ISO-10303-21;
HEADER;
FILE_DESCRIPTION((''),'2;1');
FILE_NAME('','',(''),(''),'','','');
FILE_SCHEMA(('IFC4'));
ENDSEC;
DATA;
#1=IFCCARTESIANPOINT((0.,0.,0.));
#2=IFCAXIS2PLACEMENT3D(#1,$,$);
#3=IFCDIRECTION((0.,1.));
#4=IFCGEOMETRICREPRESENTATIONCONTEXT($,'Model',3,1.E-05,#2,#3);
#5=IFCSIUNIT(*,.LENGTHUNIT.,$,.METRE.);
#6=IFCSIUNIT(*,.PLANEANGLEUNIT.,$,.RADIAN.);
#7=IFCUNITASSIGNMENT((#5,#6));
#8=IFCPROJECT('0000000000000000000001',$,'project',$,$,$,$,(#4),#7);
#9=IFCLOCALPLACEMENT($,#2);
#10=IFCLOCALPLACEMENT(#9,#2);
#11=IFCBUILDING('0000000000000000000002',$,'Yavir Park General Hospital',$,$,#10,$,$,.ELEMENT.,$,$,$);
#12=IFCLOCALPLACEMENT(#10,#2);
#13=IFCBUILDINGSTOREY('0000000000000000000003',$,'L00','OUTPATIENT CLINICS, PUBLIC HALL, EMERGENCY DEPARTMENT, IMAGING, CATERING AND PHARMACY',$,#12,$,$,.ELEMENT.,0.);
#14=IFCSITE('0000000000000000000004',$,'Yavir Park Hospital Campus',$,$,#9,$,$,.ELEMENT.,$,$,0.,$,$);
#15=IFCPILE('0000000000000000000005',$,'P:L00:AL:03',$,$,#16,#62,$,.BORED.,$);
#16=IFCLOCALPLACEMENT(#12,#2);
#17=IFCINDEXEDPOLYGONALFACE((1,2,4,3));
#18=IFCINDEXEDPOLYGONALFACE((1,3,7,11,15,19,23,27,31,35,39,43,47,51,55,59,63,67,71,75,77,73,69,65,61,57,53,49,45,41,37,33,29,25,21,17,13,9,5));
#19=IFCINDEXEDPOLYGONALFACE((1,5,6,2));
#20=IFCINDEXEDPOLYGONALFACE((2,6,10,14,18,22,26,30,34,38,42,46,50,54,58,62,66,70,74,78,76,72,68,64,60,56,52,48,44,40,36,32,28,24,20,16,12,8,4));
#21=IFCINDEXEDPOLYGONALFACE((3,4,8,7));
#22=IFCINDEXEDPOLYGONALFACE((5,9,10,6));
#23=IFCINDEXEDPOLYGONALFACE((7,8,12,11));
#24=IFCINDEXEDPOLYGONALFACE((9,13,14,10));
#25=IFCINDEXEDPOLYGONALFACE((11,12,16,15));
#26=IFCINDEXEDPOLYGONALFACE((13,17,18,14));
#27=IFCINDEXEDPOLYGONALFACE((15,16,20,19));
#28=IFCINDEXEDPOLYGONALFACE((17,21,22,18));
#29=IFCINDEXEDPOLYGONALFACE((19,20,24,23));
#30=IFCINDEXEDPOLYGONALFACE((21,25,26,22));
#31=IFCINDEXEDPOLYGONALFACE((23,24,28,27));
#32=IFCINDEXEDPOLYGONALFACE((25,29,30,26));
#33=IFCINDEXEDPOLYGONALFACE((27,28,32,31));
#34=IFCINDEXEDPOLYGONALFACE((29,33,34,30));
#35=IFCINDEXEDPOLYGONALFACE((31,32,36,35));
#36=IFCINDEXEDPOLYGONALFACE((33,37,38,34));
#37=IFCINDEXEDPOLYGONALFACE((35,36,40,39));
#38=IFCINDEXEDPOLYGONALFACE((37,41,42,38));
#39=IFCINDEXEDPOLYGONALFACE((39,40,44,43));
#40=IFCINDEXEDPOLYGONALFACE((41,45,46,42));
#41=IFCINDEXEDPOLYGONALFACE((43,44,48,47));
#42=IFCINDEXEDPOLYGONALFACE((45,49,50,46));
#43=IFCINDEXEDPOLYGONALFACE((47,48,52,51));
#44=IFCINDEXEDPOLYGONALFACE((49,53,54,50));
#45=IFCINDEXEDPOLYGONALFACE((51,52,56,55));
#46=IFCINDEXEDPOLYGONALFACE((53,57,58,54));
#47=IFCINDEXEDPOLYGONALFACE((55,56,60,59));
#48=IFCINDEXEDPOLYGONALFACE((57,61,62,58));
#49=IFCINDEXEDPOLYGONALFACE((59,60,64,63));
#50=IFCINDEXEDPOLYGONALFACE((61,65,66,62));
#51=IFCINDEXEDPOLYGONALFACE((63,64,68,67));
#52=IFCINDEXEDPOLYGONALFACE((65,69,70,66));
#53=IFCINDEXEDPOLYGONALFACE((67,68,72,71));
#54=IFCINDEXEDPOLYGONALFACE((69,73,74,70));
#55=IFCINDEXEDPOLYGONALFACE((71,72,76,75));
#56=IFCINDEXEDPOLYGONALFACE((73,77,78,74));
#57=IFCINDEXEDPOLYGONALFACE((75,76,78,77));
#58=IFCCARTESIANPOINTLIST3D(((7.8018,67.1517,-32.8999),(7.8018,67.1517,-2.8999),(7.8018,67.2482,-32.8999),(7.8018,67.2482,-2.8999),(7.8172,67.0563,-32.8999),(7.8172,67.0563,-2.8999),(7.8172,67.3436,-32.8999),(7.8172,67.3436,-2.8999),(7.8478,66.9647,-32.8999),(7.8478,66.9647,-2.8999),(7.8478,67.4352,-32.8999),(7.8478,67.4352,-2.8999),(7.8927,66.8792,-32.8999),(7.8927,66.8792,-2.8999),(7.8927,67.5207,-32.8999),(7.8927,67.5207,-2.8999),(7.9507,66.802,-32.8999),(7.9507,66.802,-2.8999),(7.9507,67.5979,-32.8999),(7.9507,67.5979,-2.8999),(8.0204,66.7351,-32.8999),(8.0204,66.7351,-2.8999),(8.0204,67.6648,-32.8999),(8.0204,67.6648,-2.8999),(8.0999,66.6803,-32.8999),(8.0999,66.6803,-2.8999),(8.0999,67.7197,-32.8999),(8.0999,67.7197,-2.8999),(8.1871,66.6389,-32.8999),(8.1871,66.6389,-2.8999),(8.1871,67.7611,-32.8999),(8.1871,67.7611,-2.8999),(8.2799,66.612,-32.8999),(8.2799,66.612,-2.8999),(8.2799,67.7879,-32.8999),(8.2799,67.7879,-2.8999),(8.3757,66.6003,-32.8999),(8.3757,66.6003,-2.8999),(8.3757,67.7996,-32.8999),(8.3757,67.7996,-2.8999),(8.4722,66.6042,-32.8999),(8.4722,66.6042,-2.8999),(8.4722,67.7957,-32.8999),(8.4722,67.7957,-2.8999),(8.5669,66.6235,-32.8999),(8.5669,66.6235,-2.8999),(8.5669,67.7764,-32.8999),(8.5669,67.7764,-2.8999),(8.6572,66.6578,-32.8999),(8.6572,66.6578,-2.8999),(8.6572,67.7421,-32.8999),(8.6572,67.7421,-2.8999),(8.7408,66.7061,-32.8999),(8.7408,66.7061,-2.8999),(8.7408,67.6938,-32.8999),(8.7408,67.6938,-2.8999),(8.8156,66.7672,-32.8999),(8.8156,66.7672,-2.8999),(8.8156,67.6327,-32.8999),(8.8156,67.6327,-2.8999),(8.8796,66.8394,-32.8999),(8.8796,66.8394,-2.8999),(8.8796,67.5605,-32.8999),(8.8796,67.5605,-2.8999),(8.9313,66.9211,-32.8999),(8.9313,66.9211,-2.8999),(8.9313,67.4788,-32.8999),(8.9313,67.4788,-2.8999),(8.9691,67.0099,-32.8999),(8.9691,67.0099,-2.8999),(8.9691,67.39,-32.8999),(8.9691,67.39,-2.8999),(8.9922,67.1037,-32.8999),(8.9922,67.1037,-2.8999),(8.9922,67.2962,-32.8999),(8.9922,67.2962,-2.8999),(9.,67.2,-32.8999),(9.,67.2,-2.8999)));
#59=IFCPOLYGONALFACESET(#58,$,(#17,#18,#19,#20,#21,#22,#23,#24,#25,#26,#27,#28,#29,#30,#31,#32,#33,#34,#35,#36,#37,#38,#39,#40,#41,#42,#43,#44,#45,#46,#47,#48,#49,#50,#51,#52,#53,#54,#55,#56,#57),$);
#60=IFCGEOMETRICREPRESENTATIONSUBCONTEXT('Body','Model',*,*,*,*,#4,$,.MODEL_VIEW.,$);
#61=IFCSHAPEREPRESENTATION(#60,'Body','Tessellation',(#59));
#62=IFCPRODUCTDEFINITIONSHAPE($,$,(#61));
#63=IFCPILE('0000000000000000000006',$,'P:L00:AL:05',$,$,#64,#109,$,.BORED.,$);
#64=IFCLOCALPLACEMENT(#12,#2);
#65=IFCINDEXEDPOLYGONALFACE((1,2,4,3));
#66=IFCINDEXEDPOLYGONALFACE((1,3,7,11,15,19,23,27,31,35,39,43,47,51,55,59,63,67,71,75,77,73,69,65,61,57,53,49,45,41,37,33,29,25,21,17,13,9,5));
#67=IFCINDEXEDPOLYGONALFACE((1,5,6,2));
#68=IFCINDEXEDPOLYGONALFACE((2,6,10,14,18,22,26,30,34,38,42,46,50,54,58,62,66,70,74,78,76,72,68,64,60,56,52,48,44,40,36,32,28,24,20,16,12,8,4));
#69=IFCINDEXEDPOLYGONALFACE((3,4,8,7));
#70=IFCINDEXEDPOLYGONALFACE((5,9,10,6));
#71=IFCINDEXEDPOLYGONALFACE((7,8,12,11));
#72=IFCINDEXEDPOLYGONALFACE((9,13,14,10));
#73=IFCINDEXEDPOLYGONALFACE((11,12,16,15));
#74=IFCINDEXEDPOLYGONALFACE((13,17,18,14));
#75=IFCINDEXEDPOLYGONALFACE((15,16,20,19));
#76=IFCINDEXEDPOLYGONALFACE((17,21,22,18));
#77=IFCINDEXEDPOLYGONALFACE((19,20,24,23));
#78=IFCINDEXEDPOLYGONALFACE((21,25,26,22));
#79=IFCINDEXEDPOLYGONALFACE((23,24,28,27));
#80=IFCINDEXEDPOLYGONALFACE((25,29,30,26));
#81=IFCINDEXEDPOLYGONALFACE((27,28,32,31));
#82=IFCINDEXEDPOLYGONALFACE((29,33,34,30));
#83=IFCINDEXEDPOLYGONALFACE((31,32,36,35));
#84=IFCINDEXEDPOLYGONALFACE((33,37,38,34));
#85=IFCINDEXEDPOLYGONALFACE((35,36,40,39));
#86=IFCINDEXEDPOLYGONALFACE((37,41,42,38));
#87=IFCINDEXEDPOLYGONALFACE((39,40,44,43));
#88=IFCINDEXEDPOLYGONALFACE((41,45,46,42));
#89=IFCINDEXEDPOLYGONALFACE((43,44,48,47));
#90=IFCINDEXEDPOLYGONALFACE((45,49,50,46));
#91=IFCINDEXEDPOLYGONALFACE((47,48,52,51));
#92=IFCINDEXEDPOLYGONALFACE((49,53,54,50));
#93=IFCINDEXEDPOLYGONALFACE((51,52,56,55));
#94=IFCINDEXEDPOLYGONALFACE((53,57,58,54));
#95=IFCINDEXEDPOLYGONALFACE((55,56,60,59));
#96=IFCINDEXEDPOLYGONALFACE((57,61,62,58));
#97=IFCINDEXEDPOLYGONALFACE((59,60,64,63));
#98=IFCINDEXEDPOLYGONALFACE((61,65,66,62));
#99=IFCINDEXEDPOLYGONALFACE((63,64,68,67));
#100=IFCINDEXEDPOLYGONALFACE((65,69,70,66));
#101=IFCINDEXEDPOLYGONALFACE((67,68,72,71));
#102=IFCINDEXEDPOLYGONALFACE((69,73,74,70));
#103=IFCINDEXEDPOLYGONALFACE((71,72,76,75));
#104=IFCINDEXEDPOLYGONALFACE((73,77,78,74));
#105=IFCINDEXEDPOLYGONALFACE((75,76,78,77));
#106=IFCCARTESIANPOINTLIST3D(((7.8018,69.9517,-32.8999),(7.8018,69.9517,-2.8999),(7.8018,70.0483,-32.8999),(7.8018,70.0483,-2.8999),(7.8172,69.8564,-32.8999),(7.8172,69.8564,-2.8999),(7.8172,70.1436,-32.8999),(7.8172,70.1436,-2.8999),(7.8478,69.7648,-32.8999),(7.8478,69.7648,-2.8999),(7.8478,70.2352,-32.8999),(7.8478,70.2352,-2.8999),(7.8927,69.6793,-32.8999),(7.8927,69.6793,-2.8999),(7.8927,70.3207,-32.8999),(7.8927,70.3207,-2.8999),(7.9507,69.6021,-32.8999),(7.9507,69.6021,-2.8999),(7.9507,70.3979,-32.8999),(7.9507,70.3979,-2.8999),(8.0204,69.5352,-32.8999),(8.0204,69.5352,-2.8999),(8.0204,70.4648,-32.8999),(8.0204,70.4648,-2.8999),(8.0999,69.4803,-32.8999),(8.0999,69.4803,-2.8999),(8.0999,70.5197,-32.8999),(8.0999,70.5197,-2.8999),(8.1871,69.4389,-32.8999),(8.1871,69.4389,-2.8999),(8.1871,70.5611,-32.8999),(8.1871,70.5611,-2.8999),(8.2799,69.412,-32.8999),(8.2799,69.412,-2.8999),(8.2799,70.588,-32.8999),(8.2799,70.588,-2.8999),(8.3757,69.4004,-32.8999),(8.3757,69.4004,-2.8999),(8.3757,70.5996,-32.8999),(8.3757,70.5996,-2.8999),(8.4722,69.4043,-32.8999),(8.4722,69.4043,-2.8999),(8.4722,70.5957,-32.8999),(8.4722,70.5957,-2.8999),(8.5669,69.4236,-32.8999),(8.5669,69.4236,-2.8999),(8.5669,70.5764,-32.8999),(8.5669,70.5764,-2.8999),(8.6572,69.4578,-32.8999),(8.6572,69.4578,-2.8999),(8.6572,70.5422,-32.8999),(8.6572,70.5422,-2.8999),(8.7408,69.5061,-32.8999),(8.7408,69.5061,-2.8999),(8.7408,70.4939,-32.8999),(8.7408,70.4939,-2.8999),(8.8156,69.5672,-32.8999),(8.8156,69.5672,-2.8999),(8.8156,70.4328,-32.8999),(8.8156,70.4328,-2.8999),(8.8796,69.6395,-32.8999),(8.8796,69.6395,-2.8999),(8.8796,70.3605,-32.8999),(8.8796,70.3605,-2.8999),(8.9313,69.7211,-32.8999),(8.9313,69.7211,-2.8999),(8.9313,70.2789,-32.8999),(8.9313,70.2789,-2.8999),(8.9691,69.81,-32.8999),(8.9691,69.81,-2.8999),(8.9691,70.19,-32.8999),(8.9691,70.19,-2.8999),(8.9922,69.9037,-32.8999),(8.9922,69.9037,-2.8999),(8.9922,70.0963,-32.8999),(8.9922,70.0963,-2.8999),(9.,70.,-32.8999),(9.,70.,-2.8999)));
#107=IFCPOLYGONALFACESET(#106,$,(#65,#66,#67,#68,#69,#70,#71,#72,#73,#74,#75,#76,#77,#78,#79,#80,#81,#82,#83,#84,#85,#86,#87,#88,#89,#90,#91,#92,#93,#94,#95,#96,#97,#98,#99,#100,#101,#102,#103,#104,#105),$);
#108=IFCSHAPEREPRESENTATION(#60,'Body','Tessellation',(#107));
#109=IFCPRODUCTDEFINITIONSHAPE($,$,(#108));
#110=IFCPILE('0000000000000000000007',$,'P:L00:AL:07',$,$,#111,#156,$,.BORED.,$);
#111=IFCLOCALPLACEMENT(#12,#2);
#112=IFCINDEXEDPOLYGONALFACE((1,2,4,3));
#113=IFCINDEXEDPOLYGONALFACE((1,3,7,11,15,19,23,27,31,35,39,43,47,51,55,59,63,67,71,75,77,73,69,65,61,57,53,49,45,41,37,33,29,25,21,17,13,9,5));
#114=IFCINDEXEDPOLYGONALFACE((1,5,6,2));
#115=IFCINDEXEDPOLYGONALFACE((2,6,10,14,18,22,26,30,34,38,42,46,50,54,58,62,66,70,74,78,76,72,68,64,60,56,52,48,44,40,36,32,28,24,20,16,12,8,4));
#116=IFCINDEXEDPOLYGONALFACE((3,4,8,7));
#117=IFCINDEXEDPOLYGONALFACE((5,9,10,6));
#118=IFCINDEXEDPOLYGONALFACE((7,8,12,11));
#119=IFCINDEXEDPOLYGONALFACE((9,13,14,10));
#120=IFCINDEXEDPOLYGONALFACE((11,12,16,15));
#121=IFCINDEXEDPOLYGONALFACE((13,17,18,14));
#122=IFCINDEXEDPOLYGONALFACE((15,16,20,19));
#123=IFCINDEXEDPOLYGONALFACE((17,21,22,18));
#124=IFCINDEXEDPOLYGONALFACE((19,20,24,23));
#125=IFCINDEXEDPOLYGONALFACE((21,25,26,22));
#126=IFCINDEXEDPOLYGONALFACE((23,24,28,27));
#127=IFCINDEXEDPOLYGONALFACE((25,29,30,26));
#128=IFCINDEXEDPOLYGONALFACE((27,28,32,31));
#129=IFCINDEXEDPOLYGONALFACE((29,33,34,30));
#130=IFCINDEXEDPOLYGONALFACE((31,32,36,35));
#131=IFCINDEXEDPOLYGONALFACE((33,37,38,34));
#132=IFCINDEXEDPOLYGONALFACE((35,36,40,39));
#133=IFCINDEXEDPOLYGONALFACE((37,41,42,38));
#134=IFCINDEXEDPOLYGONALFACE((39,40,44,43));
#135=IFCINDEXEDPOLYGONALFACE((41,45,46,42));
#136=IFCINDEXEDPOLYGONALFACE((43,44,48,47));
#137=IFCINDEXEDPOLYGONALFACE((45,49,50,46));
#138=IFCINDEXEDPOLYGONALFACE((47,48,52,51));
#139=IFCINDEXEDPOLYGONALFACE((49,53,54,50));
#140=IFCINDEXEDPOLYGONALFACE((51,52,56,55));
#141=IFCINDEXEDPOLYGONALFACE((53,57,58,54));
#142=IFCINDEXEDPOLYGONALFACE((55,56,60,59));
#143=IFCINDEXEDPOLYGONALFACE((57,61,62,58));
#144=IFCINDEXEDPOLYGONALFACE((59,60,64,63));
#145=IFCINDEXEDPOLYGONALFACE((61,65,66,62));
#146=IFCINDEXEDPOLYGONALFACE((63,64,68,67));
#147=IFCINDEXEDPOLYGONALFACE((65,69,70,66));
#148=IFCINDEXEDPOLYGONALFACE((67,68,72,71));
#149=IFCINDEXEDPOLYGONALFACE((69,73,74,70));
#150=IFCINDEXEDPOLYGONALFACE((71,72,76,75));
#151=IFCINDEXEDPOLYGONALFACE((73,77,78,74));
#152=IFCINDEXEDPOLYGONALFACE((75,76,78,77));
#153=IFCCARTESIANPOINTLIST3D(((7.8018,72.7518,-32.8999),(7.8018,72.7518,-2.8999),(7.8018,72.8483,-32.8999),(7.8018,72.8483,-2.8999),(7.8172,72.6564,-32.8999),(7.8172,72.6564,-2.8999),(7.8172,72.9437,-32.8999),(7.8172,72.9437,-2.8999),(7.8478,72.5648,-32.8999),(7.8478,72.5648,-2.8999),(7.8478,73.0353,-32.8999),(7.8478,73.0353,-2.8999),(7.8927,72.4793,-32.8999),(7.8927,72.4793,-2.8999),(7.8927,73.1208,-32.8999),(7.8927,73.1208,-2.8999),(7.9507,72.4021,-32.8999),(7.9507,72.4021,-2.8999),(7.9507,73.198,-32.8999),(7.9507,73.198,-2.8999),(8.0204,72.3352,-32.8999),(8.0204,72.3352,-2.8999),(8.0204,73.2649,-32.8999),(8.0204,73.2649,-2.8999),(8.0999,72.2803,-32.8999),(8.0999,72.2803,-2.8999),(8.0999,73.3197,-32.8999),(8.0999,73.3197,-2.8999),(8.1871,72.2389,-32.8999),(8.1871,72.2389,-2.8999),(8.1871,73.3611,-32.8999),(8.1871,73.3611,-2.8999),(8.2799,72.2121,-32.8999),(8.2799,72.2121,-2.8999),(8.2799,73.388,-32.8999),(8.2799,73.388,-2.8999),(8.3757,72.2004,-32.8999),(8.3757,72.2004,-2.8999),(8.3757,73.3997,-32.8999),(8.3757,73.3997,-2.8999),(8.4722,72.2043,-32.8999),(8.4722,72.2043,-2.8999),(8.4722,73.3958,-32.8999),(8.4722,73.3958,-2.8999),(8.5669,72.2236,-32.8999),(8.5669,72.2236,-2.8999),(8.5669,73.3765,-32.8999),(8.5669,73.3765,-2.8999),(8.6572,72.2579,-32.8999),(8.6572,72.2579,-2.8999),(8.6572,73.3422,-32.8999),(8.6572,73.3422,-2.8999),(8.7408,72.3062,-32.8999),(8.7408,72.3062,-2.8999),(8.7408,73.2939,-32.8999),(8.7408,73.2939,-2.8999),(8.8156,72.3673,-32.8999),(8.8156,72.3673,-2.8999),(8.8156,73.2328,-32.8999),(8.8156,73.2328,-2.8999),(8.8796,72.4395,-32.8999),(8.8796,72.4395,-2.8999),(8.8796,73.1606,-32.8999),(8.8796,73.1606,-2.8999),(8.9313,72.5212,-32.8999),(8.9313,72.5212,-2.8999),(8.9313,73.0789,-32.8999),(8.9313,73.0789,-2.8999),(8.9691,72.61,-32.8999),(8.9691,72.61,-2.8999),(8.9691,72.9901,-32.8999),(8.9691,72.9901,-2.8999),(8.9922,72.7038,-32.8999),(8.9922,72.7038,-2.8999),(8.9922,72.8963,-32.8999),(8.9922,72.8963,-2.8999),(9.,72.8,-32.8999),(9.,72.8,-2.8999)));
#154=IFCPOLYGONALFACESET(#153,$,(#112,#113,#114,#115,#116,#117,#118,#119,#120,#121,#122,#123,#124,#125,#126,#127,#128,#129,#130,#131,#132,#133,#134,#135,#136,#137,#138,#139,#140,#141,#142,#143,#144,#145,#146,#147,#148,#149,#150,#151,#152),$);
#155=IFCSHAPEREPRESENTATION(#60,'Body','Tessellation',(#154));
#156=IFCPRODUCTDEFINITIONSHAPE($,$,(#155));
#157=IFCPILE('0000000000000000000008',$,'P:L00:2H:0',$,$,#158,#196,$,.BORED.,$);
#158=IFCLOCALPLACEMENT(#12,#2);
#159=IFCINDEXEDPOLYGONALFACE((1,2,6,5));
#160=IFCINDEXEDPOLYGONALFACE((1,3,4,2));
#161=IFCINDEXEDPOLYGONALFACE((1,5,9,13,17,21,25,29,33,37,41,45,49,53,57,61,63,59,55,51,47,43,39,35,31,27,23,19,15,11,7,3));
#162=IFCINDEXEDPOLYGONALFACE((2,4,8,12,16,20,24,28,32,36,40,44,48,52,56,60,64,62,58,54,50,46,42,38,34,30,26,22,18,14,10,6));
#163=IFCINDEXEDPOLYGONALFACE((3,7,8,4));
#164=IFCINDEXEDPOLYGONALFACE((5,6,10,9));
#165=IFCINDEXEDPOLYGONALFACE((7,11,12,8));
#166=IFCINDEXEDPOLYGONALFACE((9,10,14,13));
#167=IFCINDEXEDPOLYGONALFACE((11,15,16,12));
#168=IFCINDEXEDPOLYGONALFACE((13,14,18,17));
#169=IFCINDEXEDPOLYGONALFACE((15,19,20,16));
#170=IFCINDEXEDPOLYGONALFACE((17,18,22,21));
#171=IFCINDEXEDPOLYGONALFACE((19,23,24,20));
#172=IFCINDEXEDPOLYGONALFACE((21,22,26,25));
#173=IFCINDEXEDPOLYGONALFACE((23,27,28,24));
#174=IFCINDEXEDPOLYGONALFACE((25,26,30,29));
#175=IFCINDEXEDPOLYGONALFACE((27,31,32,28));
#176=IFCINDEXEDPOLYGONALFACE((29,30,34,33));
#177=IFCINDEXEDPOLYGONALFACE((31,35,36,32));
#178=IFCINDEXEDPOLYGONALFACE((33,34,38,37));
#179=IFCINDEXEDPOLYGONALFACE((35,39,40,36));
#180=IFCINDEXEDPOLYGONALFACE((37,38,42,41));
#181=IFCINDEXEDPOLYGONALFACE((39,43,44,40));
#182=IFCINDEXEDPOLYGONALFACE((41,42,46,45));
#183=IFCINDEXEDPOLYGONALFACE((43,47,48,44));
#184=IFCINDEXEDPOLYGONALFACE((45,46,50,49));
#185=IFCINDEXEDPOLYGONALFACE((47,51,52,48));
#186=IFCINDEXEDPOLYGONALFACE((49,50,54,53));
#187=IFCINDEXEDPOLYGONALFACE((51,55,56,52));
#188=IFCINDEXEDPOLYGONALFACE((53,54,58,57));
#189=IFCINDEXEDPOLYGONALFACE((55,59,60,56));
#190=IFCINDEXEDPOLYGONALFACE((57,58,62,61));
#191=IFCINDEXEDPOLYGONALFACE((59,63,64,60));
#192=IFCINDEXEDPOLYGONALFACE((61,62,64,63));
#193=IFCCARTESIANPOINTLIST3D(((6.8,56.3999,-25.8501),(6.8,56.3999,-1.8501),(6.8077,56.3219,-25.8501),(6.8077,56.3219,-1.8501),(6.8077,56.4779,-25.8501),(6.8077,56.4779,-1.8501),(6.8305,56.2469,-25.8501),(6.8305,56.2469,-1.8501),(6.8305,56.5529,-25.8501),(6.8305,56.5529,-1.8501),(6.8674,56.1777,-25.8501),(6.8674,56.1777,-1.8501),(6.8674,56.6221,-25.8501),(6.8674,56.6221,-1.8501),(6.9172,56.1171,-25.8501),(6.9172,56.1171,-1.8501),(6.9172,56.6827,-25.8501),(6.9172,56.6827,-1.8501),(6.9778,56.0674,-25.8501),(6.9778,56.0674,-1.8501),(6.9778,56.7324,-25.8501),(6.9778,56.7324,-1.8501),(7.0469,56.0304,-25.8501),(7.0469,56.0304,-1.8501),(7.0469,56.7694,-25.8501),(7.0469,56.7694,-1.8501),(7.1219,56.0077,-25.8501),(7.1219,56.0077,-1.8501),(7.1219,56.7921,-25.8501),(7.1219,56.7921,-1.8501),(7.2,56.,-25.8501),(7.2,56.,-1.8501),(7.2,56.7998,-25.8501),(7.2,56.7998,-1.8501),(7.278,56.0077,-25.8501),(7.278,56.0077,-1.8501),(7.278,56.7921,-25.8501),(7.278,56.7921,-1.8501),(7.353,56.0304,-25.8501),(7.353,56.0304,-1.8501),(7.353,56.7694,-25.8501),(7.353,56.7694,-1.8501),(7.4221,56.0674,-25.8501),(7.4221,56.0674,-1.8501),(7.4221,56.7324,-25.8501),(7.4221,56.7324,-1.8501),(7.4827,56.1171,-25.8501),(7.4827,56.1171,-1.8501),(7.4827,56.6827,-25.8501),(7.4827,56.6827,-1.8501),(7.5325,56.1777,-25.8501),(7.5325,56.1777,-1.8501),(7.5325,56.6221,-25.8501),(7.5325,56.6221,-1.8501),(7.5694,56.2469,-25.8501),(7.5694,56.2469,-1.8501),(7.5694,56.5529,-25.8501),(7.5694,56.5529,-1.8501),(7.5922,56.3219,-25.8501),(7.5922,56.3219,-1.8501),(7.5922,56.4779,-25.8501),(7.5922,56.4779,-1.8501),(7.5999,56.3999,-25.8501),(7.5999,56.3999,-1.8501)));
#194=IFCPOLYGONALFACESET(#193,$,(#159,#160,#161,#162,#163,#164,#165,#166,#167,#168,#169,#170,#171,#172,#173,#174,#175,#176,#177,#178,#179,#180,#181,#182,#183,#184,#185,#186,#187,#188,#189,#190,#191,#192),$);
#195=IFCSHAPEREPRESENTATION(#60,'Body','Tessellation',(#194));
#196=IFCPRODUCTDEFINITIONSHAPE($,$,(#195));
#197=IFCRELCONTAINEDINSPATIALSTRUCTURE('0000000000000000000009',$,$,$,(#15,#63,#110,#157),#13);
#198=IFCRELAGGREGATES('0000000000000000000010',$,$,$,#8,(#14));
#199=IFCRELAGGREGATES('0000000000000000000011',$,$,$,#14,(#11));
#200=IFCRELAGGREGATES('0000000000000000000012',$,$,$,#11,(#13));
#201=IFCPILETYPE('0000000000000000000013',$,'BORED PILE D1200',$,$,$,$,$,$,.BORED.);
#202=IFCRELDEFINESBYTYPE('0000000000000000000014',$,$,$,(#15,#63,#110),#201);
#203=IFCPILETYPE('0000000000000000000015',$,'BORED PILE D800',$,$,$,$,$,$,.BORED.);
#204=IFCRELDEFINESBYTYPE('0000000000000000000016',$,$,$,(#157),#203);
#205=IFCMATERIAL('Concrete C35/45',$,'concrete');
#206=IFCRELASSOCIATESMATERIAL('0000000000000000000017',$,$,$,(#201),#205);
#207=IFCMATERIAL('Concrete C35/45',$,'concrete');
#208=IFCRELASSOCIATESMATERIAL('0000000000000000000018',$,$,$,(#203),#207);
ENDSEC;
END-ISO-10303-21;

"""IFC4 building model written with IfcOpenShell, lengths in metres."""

from ifc_helpers import new_model, si_unit, direction, frame, origin, origin_2d, place, context, subcontext, project, spatial, circle, extrude, material, material_profile, profile_set, type_object, element, save


model = new_model("IFC4")

# Units and contexts
model_context = context("Model", 3, precision=1e-05, world=origin(), true_north=direction((0.0, 1.0)))
body_context = subcontext(model_context, "Body", "Model", "MODEL_VIEW")
ifc_project = project(units=[si_unit("LENGTHUNIT", "METRE"), si_unit("PLANEANGLEUNIT", "RADIAN")], contexts=[model_context])

# Site, building, storey
site_placement = place(None, origin())
site = spatial("IfcSite", under=ifc_project, at=site_placement, Name="Yavir Park Hospital Campus", CompositionType="ELEMENT", RefElevation=0.0)
building_placement = place(site_placement, origin())
building = spatial("IfcBuilding", under=site, at=building_placement, Name="Yavir Park General Hospital", CompositionType="ELEMENT")
storey_placement = place(building_placement, origin())
storey = spatial("IfcBuildingStorey", under=building, at=storey_placement, Name="L00", Description="OUTPATIENT CLINICS, PUBLIC HALL, EMERGENCY DEPARTMENT, IMAGING, CATERING AND PHARMACY", CompositionType="ELEMENT", Elevation=0.0)

# Piles
ifc_material_1 = material(Name="Concrete C35/45", Category="concrete")
ifc_material_profile_1 = material_profile(ifc_material_1, circle(Radius=0.6001, at=origin_2d()), Name="D1200")
ifc_profile_set_1 = profile_set([ifc_material_profile_1], Name="Concrete C35/45")
pile_type_1 = type_object("IfcPileType", Name="BORED PILE D1200", PredefinedType="BORED", material=ifc_profile_set_1)
for number, where, z_axis, x_axis, name in (
    (1, (8.3999, 67.2, -2.8999), (0.0, 0.0, -1.0), (1.0, 0.0, 0.0), "P:L00:AL:03"),
    (2, (8.3999, 70.0, -2.8999), (0.0, 0.0, -1.0), (1.0, 0.0, 0.0), "P:L00:AL:05"),
    (3, (8.3999, 72.8, -2.8999), (0.0, 0.0, -1.0), (1.0, 0.0, 0.0), "P:L00:AL:07"),
):
    element("IfcPile", number, at=place(storey_placement, frame(where, z_axis=z_axis, x_axis=x_axis)), inside=storey, type_object=pile_type_1, Name=name, PredefinedType="BORED", context=body_context, shape_type="SweptSolid", body=[
        extrude(circle(Radius=0.6001, at=origin_2d()), origin(), (0.0, 0.0, 1.0), 30.0),
    ])
ifc_material_2 = material(Name="Concrete C35/45", Category="concrete")
ifc_material_profile_2 = material_profile(ifc_material_2, circle(Radius=0.3999, at=origin_2d()), Name="D800")
ifc_profile_set_2 = profile_set([ifc_material_profile_2], Name="Concrete C35/45")
pile_type_2 = type_object("IfcPileType", Name="BORED PILE D800", PredefinedType="BORED", material=ifc_profile_set_2)
for number, where, z_axis, x_axis, name in (
    (4, (7.2, 56.3999, -1.8501), (0.0, 0.0, -1.0), (1.0, 0.0, 0.0), "P:L00:2H:0"),
):
    element("IfcPile", number, at=place(storey_placement, frame(where, z_axis=z_axis, x_axis=x_axis)), inside=storey, type_object=pile_type_2, Name=name, PredefinedType="BORED", context=body_context, shape_type="SweptSolid", body=[
        extrude(circle(Radius=0.3999, at=origin_2d()), origin(), (0.0, 0.0, 1.0), 24.0),
    ])

save(model, "model.ifc")
